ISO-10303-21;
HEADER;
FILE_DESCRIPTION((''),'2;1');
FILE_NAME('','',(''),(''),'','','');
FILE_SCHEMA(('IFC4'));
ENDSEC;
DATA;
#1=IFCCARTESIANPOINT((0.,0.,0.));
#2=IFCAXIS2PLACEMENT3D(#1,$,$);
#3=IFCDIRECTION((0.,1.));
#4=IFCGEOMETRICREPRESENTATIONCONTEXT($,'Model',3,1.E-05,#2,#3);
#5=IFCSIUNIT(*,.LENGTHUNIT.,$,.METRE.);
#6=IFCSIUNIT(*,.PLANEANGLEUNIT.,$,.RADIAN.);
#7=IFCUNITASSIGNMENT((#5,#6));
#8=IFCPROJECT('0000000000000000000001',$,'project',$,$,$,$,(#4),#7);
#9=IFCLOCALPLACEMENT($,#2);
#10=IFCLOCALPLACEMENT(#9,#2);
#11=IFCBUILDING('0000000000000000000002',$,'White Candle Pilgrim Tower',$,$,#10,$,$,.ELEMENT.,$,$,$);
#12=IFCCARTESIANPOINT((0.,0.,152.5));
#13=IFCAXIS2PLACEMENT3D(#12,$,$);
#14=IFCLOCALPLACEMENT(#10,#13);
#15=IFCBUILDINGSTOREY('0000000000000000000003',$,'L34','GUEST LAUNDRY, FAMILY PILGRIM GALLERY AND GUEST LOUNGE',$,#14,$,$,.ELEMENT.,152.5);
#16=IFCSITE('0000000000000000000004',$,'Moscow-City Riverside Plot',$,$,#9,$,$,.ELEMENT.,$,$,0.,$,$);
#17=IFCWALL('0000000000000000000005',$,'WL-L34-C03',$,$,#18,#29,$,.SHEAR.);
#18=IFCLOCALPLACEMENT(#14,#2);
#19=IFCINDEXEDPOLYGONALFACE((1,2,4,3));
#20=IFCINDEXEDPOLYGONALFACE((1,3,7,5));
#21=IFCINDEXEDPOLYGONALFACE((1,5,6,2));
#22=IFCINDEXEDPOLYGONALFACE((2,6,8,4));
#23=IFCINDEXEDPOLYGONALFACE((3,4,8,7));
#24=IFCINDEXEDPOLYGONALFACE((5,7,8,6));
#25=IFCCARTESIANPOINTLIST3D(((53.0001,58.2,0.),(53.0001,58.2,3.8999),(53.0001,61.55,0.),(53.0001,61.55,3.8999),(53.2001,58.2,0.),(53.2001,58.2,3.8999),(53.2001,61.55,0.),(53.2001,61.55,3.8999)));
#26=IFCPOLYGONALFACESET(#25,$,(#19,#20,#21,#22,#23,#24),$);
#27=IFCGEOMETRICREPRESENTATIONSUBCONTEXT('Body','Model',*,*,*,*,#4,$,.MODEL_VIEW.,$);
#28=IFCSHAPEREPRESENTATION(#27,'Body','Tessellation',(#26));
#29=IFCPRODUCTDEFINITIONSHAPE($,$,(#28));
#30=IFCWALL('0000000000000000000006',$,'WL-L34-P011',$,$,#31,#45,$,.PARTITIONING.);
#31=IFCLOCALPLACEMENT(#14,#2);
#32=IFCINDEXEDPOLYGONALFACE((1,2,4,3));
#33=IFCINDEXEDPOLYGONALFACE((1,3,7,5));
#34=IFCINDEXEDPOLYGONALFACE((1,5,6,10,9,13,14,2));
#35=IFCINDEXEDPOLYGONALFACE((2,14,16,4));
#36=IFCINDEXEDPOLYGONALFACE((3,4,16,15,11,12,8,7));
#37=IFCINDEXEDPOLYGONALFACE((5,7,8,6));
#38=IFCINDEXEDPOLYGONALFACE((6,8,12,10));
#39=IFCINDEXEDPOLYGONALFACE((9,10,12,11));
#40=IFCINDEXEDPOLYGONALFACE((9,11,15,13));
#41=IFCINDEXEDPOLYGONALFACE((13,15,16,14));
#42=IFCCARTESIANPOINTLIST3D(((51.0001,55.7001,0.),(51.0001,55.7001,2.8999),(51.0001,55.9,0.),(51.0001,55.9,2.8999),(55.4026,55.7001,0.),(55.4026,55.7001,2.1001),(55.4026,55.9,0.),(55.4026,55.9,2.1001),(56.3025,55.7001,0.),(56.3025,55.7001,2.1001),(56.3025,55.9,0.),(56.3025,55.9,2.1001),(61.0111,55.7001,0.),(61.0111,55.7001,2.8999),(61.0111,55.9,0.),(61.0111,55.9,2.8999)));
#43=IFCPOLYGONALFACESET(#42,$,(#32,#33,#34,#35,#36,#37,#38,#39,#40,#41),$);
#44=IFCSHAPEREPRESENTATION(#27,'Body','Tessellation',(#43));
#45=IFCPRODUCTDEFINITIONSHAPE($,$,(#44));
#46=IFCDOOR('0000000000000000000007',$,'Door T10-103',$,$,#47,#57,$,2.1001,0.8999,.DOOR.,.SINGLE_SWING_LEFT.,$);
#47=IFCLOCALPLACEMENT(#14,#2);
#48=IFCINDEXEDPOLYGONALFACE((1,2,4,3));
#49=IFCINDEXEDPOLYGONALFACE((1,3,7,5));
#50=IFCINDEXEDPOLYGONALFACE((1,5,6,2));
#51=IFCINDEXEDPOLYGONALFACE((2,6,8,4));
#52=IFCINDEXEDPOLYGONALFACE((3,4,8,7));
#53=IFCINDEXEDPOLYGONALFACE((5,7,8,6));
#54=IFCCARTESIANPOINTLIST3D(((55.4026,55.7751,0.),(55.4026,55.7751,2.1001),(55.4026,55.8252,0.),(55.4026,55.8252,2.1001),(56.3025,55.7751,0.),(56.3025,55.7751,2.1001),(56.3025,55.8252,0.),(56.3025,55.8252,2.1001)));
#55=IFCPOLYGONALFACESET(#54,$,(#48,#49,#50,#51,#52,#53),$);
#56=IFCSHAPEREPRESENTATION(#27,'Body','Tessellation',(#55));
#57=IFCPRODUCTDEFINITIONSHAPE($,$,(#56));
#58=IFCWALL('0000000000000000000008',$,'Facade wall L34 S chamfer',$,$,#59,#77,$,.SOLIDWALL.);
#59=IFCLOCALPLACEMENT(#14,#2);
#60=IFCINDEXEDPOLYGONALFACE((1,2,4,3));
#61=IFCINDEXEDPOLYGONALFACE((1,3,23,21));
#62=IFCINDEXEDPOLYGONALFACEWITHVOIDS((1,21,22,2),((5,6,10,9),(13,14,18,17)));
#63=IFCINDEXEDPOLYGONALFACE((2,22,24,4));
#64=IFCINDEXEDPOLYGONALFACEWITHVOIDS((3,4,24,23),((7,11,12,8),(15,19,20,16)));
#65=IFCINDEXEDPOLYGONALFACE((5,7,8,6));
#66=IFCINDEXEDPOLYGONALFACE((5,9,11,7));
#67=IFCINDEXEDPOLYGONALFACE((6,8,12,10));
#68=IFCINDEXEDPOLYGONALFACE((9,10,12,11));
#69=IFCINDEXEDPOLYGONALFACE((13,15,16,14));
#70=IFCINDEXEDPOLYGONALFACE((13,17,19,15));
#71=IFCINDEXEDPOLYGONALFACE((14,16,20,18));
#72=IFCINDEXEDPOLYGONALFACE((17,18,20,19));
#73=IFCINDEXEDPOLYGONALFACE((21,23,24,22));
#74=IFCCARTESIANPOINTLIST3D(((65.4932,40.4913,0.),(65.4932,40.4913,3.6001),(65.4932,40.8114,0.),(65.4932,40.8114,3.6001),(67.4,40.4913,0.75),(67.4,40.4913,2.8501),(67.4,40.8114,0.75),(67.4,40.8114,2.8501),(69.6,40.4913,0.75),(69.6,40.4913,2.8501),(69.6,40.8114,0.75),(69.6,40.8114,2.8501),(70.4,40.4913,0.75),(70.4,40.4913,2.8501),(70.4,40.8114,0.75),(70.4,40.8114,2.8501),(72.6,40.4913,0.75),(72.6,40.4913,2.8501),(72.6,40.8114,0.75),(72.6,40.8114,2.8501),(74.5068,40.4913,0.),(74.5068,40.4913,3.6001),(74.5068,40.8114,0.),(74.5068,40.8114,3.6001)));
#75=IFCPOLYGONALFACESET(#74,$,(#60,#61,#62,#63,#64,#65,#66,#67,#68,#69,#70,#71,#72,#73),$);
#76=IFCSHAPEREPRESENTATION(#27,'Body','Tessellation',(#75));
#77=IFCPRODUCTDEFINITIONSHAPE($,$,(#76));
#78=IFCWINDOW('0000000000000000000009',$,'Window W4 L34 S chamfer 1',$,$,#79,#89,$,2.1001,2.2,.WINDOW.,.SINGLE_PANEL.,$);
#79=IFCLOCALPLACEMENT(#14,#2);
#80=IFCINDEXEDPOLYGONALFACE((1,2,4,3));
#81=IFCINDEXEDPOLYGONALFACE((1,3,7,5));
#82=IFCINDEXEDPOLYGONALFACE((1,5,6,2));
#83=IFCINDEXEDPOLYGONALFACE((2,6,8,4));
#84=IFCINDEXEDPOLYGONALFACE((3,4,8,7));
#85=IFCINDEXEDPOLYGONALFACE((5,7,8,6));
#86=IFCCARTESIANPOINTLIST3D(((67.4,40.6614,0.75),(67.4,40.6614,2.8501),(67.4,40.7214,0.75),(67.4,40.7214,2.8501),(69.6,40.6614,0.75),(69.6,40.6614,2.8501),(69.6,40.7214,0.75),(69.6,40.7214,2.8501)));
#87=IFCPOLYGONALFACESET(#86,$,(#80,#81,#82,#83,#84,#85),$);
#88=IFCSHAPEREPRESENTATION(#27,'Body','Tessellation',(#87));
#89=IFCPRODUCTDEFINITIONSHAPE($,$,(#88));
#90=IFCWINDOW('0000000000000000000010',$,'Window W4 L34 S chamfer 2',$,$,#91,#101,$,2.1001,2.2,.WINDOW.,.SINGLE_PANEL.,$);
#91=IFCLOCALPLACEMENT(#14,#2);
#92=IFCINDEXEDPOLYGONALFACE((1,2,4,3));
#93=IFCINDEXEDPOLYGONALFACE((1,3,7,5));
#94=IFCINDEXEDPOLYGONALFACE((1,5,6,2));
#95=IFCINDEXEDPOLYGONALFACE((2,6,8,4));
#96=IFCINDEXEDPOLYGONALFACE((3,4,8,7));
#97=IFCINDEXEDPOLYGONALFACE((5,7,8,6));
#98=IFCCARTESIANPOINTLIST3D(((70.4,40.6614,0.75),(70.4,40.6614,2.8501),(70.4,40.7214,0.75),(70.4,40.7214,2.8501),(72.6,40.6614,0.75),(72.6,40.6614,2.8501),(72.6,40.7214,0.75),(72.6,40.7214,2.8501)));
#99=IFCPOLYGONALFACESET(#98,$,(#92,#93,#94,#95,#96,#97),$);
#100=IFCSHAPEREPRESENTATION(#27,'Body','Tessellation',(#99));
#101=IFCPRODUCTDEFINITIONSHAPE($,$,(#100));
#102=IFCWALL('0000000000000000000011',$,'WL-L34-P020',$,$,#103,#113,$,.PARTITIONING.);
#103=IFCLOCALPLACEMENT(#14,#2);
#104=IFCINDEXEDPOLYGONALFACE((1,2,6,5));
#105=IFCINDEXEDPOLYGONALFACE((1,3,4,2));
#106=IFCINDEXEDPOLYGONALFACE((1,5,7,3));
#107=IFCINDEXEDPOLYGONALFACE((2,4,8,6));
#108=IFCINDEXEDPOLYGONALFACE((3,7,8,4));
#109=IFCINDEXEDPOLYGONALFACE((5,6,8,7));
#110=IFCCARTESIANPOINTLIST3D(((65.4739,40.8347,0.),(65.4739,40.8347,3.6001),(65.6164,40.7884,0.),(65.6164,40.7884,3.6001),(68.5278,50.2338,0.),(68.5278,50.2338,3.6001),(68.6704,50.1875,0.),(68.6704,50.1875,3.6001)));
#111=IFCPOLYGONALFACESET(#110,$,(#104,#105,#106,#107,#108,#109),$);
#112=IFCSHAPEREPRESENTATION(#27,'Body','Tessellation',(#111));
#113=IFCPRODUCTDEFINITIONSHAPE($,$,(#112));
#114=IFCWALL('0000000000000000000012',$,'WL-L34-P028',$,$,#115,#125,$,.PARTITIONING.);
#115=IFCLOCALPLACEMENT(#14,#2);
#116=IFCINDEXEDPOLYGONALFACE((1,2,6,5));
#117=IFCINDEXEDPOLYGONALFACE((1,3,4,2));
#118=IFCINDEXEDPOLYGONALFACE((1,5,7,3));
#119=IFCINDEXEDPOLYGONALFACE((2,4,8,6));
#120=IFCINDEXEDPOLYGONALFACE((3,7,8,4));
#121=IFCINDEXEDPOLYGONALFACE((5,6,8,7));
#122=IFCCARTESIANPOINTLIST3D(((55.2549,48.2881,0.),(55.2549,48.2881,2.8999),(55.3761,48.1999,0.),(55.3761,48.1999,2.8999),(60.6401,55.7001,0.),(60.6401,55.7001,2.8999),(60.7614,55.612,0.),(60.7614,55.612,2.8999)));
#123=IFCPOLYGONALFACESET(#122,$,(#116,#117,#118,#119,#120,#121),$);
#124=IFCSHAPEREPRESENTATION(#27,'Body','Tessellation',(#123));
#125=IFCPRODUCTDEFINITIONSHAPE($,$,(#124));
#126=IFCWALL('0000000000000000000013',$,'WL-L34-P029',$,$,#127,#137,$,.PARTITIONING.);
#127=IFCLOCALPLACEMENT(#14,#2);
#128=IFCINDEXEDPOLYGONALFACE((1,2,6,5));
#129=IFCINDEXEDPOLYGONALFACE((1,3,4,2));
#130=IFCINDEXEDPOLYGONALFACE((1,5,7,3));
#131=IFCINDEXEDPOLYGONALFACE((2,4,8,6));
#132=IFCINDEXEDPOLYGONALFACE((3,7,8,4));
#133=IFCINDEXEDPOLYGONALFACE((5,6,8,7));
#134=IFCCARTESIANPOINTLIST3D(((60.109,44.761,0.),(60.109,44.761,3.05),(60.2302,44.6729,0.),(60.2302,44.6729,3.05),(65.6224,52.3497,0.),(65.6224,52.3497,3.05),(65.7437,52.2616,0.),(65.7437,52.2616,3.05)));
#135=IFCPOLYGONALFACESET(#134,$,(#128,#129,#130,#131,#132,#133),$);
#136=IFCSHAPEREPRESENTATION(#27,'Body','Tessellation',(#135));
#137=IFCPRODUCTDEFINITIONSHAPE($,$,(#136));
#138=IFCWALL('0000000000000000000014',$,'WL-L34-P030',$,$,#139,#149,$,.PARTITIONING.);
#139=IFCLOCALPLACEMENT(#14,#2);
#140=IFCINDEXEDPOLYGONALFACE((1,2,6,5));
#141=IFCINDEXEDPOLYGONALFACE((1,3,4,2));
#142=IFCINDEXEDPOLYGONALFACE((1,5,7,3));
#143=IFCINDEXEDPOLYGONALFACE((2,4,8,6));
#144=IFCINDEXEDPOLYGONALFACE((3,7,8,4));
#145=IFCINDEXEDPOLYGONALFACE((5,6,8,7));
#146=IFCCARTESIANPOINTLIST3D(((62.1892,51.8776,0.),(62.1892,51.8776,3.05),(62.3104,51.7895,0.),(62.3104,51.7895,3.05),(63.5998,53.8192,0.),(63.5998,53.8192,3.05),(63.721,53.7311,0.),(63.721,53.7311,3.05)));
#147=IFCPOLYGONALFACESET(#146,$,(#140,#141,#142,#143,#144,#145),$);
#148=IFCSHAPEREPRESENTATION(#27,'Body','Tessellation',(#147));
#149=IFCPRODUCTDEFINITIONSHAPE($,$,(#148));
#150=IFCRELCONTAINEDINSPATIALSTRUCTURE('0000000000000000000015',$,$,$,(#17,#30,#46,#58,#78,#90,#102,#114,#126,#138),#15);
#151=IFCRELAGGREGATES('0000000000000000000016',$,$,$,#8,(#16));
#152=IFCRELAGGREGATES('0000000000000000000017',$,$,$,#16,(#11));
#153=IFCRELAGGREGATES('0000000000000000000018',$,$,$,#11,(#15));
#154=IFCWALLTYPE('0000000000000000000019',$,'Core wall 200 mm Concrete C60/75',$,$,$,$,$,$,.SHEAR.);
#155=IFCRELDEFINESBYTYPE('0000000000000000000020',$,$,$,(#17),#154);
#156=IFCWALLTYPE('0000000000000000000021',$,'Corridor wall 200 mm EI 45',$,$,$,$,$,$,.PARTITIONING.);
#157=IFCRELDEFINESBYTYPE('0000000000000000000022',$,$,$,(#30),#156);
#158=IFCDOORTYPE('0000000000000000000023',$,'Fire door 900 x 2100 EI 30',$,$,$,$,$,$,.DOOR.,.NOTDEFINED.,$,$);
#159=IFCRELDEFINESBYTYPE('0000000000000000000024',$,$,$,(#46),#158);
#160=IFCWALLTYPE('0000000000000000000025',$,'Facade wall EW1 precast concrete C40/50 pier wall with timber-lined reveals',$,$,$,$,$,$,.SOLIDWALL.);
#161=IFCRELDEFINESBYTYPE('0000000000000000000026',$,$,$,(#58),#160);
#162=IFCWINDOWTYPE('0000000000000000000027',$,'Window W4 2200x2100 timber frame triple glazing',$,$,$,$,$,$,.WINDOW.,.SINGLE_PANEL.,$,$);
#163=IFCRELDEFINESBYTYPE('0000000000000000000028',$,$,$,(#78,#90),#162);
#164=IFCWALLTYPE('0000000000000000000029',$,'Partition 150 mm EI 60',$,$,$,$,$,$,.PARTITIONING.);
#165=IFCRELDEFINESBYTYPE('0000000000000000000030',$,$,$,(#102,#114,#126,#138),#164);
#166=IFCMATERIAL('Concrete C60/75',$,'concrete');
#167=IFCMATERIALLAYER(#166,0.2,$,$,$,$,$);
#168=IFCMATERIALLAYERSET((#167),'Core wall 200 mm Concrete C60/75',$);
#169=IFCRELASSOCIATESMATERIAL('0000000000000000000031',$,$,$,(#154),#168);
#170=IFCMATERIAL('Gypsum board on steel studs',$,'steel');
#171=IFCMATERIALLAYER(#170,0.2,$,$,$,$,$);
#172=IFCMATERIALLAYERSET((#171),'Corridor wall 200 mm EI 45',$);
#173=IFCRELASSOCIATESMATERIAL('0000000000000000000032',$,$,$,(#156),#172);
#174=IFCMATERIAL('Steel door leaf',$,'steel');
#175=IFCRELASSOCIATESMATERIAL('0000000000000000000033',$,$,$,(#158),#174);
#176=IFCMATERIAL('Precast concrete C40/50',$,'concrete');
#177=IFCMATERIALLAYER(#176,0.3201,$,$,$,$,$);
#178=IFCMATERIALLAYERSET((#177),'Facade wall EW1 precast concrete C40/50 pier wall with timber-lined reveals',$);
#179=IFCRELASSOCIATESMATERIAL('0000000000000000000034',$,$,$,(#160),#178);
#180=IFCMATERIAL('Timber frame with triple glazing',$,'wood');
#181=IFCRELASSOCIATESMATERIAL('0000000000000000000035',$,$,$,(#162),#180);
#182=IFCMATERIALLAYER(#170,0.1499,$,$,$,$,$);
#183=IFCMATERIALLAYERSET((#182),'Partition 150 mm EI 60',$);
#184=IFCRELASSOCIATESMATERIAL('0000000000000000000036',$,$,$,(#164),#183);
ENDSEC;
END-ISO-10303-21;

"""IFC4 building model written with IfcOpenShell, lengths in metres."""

from ifc_helpers import new_model, si_unit, direction, frame, frame_2d, origin, place, context, subcontext, project, spatial, rectangle, extrude, material, layer, layer_set, type_object, element, fill, save


model = new_model("IFC4")

# Units and contexts
model_context = context("Model", 3, precision=1e-05, world=origin(), true_north=direction((0.0, 1.0)))
body_context = subcontext(model_context, "Body", "Model", "MODEL_VIEW")
ifc_project = project(units=[si_unit("LENGTHUNIT", "METRE"), si_unit("PLANEANGLEUNIT", "RADIAN")], contexts=[model_context])

# Site, building, storey
site_placement = place(None, origin())
site = spatial("IfcSite", under=ifc_project, at=site_placement, Name="Moscow-City Riverside Plot", CompositionType="ELEMENT", RefElevation=0.0)
building_placement = place(site_placement, origin())
building = spatial("IfcBuilding", under=site, at=building_placement, Name="White Candle Pilgrim Tower", CompositionType="ELEMENT")
storey_placement = place(building_placement, frame((0.0, 0.0, 152.5)))
storey = spatial("IfcBuildingStorey", under=building, at=storey_placement, Name="L34", Description="GUEST LAUNDRY, FAMILY PILGRIM GALLERY AND GUEST LOUNGE", CompositionType="ELEMENT", Elevation=152.5)

# Wall
ifc_material_1 = material(Name="Concrete C60/75", Category="concrete")
ifc_layer_1 = layer(ifc_material_1, 0.2)
ifc_layer_set_1 = layer_set([ifc_layer_1], Name="Core wall 200 mm Concrete C60/75")
wall_type_1 = type_object("IfcWallType", Name="Core wall 200 mm Concrete C60/75", PredefinedType="SHEAR", material=ifc_layer_set_1)
wall_1_placement = place(storey_placement, frame((53.1001, 58.2, 0.0), z_axis=(0.0, 0.0, 1.0), x_axis=(0.0, 1.0, 0.0)))
element("IfcWall", 1, at=wall_1_placement, inside=storey, type_object=wall_type_1, Name="WL-L34-C03", PredefinedType="SHEAR", context=body_context, shape_type="SweptSolid", body=[
    extrude(rectangle(XDim=3.3501, YDim=0.2, at=frame_2d((1.675, 0.0))), origin(), (0.0, 0.0, 1.0), 3.8999),
])

# Wall, opening, door
ifc_material_2 = material(Name="Gypsum board on steel studs", Category="steel")
ifc_layer_2 = layer(ifc_material_2, 0.2)
ifc_layer_set_2 = layer_set([ifc_layer_2], Name="Corridor wall 200 mm EI 45")
wall_type_2 = type_object("IfcWallType", Name="Corridor wall 200 mm EI 45", PredefinedType="PARTITIONING", material=ifc_layer_set_2)
wall_2_placement = place(storey_placement, frame((61.011, 55.8, 0.0), z_axis=(0.0, 0.0, 1.0), x_axis=(-1.0, 0.0, 0.0)))
wall_2 = element("IfcWall", 2, at=wall_2_placement, inside=storey, type_object=wall_type_2, Name="WL-L34-P011", PredefinedType="PARTITIONING", context=body_context, shape_type="SweptSolid", body=[
    extrude(rectangle(XDim=10.011, YDim=0.2, at=frame_2d((5.0054, 0.0))), origin(), (0.0, 0.0, 1.0), 2.8999),
])
opening_1_placement = place(wall_2_placement, frame((4.7085, 0.0, 0.0)))
opening_1 = element("IfcOpeningElement", 3, at=opening_1_placement, cuts=wall_2, PredefinedType="OPENING", context=body_context, shape_type="SweptSolid", body=[
    extrude(rectangle(XDim=0.8999, YDim=2.1001, at=frame_2d((0.45, 1.05))), frame((0.0, 0.1099, 0.0), z_axis=(0.0, -1.0, 0.0), x_axis=(1.0, 0.0, 0.0)), (0.0, 0.0, 1.0), 0.22),
])
ifc_material_3 = material(Name="Steel door leaf", Category="steel")
door_type_1 = type_object("IfcDoorType", Name="Fire door 900 x 2100 EI 30", OperationType="NOTDEFINED", PredefinedType="DOOR", material=ifc_material_3)
door_1_placement = place(opening_1_placement, origin())
door_1 = element("IfcDoor", 4, at=door_1_placement, inside=storey, type_object=door_type_1, Name="Door T10-103", OperationType="SINGLE_SWING_LEFT", OverallHeight=2.1001, OverallWidth=0.8999, PredefinedType="DOOR", context=body_context, shape_type="SweptSolid", body=[
    extrude(rectangle(XDim=0.8999, YDim=2.1001, at=frame_2d((0.45, 1.05))), frame((0.0, 0.0249, 0.0), z_axis=(0.0, -1.0, 0.0), x_axis=(1.0, 0.0, 0.0)), (0.0, 0.0, 1.0), 0.05),
])
fill(opening_1, door_1)

# Wall, openings, windows
ifc_material_4 = material(Name="Precast concrete C40/50", Category="concrete")
ifc_layer_3 = layer(ifc_material_4, 0.3201)
ifc_layer_set_3 = layer_set([ifc_layer_3], Name="Facade wall EW1 precast concrete C40/50 pier wall with timber-lined reveals")
wall_type_3 = type_object("IfcWallType", Name="Facade wall EW1 precast concrete C40/50 pier wall with timber-lined reveals", PredefinedType="SOLIDWALL", material=ifc_layer_set_3)
wall_3_placement = place(storey_placement, frame((65.4932, 40.6514, 0.0), z_axis=(0.0, 0.0, 1.0), x_axis=(1.0, 0.0, 0.0)))
wall_3 = element("IfcWall", 5, at=wall_3_placement, inside=storey, type_object=wall_type_3, Name="Facade wall L34 S chamfer", PredefinedType="SOLIDWALL", context=body_context, shape_type="SweptSolid", body=[
    extrude(rectangle(XDim=9.0137, YDim=0.3201, at=frame_2d((4.5068, 0.0))), origin(), (0.0, 0.0, 1.0), 3.6001),
])
opening_2_placement = place(wall_3_placement, frame((1.9067, 0.0, 0.75)))
opening_2 = element("IfcOpeningElement", 6, at=opening_2_placement, cuts=wall_3, PredefinedType="OPENING", context=body_context, shape_type="SweptSolid", body=[
    extrude(rectangle(XDim=2.2, YDim=2.1001, at=frame_2d((1.1001, 1.05))), frame((0.0, 0.1699, 0.0), z_axis=(0.0, -1.0, 0.0), x_axis=(1.0, 0.0, 0.0)), (0.0, 0.0, 1.0), 0.3401),
])
opening_3_placement = place(wall_3_placement, frame((4.9067, 0.0, 0.75)))
opening_3 = element("IfcOpeningElement", 7, at=opening_3_placement, cuts=wall_3, PredefinedType="OPENING", context=body_context, shape_type="SweptSolid", body=[
    extrude(rectangle(XDim=2.2, YDim=2.1001, at=frame_2d((1.1001, 1.05))), frame((0.0, 0.1699, 0.0), z_axis=(0.0, -1.0, 0.0), x_axis=(1.0, 0.0, 0.0)), (0.0, 0.0, 1.0), 0.3401),
])
ifc_material_5 = material(Name="Timber frame with triple glazing", Category="wood")
window_type = type_object("IfcWindowType", Name="Window W4 2200x2100 timber frame triple glazing", PartitioningType="SINGLE_PANEL", PredefinedType="WINDOW", material=ifc_material_5)
window_1_placement = place(opening_2_placement, origin())
window_1 = element("IfcWindow", 8, at=window_1_placement, inside=storey, type_object=window_type, Name="Window W4 L34 S chamfer 1", OverallHeight=2.1001, OverallWidth=2.2, PartitioningType="SINGLE_PANEL", PredefinedType="WINDOW", context=body_context, shape_type="SweptSolid", body=[
    extrude(rectangle(XDim=2.2, YDim=2.1001, at=frame_2d((1.1001, 1.05))), frame((0.0, 0.0701, 0.0), z_axis=(0.0, -1.0, 0.0), x_axis=(1.0, 0.0, 0.0)), (0.0, 0.0, 1.0), 0.0601),
])
fill(opening_2, window_1)
window_2_placement = place(opening_3_placement, origin())
window_2 = element("IfcWindow", 9, at=window_2_placement, inside=storey, type_object=window_type, Name="Window W4 L34 S chamfer 2", OverallHeight=2.1001, OverallWidth=2.2, PartitioningType="SINGLE_PANEL", PredefinedType="WINDOW", context=body_context, shape_type="SweptSolid", body=[
    extrude(rectangle(XDim=2.2, YDim=2.1001, at=frame_2d((1.1001, 1.05))), frame((0.0, 0.0701, 0.0), z_axis=(0.0, -1.0, 0.0), x_axis=(1.0, 0.0, 0.0)), (0.0, 0.0, 1.0), 0.0601),
])
fill(opening_3, window_2)

# Walls
ifc_layer_4 = layer(ifc_material_2, 0.1499)
ifc_layer_set_4 = layer_set([ifc_layer_4], Name="Partition 150 mm EI 60")
wall_type_4 = type_object("IfcWallType", Name="Partition 150 mm EI 60", PredefinedType="PARTITIONING", material=ifc_layer_set_4)
wall_4_placement = place(storey_placement, frame((65.5452, 40.8115, 0.0), z_axis=(0.0, 0.0, 1.0), x_axis=(0.309015, 0.951057, 0.0)))
element("IfcWall", 10, at=wall_4_placement, inside=storey, type_object=wall_type_4, Name="WL-L34-P020", PredefinedType="PARTITIONING", context=body_context, shape_type="SweptSolid", body=[
    extrude(rectangle(XDim=9.8828, YDim=0.1499, at=frame_2d((4.9414, 0.0))), origin(), (0.0, 0.0, 1.0), 3.6001),
])
wall_5_placement = place(storey_placement, frame((55.3154, 48.2439, 0.0), z_axis=(0.0, 0.0, 1.0), x_axis=(0.587788, 0.809015, 0.0)))
element("IfcWall", 11, at=wall_5_placement, inside=storey, type_object=wall_type_4, Name="WL-L34-P028", PredefinedType="PARTITIONING", context=body_context, shape_type="SweptSolid", body=[
    extrude(rectangle(XDim=9.1619, YDim=0.1499, at=frame_2d((4.5811, 0.0))), origin(), (0.0, 0.0, 1.0), 2.8999),
])
wall_6_placement = place(storey_placement, frame((60.1697, 44.717, 0.0), z_axis=(0.0, 0.0, 1.0), x_axis=(0.587783, 0.809018, 0.0)))
element("IfcWall", 12, at=wall_6_placement, inside=storey, type_object=wall_type_4, Name="WL-L34-P029", PredefinedType="PARTITIONING", context=body_context, shape_type="SweptSolid", body=[
    extrude(rectangle(XDim=9.3801, YDim=0.1499, at=frame_2d((4.6899, 0.0))), origin(), (0.0, 0.0, 1.0), 3.05),
])
wall_7_placement = place(storey_placement, frame((63.6604, 53.7751, 0.0), z_axis=(0.0, 0.0, 1.0), x_axis=(-0.587772, -0.809026, 0.0)))
element("IfcWall", 13, at=wall_7_placement, inside=storey, type_object=wall_type_4, Name="WL-L34-P030", PredefinedType="PARTITIONING", context=body_context, shape_type="SweptSolid", body=[
    extrude(rectangle(XDim=2.3999, YDim=0.1499, at=frame_2d((1.2, 0.0))), origin(), (0.0, 0.0, 1.0), 3.05),
])

save(model, "model.ifc")
